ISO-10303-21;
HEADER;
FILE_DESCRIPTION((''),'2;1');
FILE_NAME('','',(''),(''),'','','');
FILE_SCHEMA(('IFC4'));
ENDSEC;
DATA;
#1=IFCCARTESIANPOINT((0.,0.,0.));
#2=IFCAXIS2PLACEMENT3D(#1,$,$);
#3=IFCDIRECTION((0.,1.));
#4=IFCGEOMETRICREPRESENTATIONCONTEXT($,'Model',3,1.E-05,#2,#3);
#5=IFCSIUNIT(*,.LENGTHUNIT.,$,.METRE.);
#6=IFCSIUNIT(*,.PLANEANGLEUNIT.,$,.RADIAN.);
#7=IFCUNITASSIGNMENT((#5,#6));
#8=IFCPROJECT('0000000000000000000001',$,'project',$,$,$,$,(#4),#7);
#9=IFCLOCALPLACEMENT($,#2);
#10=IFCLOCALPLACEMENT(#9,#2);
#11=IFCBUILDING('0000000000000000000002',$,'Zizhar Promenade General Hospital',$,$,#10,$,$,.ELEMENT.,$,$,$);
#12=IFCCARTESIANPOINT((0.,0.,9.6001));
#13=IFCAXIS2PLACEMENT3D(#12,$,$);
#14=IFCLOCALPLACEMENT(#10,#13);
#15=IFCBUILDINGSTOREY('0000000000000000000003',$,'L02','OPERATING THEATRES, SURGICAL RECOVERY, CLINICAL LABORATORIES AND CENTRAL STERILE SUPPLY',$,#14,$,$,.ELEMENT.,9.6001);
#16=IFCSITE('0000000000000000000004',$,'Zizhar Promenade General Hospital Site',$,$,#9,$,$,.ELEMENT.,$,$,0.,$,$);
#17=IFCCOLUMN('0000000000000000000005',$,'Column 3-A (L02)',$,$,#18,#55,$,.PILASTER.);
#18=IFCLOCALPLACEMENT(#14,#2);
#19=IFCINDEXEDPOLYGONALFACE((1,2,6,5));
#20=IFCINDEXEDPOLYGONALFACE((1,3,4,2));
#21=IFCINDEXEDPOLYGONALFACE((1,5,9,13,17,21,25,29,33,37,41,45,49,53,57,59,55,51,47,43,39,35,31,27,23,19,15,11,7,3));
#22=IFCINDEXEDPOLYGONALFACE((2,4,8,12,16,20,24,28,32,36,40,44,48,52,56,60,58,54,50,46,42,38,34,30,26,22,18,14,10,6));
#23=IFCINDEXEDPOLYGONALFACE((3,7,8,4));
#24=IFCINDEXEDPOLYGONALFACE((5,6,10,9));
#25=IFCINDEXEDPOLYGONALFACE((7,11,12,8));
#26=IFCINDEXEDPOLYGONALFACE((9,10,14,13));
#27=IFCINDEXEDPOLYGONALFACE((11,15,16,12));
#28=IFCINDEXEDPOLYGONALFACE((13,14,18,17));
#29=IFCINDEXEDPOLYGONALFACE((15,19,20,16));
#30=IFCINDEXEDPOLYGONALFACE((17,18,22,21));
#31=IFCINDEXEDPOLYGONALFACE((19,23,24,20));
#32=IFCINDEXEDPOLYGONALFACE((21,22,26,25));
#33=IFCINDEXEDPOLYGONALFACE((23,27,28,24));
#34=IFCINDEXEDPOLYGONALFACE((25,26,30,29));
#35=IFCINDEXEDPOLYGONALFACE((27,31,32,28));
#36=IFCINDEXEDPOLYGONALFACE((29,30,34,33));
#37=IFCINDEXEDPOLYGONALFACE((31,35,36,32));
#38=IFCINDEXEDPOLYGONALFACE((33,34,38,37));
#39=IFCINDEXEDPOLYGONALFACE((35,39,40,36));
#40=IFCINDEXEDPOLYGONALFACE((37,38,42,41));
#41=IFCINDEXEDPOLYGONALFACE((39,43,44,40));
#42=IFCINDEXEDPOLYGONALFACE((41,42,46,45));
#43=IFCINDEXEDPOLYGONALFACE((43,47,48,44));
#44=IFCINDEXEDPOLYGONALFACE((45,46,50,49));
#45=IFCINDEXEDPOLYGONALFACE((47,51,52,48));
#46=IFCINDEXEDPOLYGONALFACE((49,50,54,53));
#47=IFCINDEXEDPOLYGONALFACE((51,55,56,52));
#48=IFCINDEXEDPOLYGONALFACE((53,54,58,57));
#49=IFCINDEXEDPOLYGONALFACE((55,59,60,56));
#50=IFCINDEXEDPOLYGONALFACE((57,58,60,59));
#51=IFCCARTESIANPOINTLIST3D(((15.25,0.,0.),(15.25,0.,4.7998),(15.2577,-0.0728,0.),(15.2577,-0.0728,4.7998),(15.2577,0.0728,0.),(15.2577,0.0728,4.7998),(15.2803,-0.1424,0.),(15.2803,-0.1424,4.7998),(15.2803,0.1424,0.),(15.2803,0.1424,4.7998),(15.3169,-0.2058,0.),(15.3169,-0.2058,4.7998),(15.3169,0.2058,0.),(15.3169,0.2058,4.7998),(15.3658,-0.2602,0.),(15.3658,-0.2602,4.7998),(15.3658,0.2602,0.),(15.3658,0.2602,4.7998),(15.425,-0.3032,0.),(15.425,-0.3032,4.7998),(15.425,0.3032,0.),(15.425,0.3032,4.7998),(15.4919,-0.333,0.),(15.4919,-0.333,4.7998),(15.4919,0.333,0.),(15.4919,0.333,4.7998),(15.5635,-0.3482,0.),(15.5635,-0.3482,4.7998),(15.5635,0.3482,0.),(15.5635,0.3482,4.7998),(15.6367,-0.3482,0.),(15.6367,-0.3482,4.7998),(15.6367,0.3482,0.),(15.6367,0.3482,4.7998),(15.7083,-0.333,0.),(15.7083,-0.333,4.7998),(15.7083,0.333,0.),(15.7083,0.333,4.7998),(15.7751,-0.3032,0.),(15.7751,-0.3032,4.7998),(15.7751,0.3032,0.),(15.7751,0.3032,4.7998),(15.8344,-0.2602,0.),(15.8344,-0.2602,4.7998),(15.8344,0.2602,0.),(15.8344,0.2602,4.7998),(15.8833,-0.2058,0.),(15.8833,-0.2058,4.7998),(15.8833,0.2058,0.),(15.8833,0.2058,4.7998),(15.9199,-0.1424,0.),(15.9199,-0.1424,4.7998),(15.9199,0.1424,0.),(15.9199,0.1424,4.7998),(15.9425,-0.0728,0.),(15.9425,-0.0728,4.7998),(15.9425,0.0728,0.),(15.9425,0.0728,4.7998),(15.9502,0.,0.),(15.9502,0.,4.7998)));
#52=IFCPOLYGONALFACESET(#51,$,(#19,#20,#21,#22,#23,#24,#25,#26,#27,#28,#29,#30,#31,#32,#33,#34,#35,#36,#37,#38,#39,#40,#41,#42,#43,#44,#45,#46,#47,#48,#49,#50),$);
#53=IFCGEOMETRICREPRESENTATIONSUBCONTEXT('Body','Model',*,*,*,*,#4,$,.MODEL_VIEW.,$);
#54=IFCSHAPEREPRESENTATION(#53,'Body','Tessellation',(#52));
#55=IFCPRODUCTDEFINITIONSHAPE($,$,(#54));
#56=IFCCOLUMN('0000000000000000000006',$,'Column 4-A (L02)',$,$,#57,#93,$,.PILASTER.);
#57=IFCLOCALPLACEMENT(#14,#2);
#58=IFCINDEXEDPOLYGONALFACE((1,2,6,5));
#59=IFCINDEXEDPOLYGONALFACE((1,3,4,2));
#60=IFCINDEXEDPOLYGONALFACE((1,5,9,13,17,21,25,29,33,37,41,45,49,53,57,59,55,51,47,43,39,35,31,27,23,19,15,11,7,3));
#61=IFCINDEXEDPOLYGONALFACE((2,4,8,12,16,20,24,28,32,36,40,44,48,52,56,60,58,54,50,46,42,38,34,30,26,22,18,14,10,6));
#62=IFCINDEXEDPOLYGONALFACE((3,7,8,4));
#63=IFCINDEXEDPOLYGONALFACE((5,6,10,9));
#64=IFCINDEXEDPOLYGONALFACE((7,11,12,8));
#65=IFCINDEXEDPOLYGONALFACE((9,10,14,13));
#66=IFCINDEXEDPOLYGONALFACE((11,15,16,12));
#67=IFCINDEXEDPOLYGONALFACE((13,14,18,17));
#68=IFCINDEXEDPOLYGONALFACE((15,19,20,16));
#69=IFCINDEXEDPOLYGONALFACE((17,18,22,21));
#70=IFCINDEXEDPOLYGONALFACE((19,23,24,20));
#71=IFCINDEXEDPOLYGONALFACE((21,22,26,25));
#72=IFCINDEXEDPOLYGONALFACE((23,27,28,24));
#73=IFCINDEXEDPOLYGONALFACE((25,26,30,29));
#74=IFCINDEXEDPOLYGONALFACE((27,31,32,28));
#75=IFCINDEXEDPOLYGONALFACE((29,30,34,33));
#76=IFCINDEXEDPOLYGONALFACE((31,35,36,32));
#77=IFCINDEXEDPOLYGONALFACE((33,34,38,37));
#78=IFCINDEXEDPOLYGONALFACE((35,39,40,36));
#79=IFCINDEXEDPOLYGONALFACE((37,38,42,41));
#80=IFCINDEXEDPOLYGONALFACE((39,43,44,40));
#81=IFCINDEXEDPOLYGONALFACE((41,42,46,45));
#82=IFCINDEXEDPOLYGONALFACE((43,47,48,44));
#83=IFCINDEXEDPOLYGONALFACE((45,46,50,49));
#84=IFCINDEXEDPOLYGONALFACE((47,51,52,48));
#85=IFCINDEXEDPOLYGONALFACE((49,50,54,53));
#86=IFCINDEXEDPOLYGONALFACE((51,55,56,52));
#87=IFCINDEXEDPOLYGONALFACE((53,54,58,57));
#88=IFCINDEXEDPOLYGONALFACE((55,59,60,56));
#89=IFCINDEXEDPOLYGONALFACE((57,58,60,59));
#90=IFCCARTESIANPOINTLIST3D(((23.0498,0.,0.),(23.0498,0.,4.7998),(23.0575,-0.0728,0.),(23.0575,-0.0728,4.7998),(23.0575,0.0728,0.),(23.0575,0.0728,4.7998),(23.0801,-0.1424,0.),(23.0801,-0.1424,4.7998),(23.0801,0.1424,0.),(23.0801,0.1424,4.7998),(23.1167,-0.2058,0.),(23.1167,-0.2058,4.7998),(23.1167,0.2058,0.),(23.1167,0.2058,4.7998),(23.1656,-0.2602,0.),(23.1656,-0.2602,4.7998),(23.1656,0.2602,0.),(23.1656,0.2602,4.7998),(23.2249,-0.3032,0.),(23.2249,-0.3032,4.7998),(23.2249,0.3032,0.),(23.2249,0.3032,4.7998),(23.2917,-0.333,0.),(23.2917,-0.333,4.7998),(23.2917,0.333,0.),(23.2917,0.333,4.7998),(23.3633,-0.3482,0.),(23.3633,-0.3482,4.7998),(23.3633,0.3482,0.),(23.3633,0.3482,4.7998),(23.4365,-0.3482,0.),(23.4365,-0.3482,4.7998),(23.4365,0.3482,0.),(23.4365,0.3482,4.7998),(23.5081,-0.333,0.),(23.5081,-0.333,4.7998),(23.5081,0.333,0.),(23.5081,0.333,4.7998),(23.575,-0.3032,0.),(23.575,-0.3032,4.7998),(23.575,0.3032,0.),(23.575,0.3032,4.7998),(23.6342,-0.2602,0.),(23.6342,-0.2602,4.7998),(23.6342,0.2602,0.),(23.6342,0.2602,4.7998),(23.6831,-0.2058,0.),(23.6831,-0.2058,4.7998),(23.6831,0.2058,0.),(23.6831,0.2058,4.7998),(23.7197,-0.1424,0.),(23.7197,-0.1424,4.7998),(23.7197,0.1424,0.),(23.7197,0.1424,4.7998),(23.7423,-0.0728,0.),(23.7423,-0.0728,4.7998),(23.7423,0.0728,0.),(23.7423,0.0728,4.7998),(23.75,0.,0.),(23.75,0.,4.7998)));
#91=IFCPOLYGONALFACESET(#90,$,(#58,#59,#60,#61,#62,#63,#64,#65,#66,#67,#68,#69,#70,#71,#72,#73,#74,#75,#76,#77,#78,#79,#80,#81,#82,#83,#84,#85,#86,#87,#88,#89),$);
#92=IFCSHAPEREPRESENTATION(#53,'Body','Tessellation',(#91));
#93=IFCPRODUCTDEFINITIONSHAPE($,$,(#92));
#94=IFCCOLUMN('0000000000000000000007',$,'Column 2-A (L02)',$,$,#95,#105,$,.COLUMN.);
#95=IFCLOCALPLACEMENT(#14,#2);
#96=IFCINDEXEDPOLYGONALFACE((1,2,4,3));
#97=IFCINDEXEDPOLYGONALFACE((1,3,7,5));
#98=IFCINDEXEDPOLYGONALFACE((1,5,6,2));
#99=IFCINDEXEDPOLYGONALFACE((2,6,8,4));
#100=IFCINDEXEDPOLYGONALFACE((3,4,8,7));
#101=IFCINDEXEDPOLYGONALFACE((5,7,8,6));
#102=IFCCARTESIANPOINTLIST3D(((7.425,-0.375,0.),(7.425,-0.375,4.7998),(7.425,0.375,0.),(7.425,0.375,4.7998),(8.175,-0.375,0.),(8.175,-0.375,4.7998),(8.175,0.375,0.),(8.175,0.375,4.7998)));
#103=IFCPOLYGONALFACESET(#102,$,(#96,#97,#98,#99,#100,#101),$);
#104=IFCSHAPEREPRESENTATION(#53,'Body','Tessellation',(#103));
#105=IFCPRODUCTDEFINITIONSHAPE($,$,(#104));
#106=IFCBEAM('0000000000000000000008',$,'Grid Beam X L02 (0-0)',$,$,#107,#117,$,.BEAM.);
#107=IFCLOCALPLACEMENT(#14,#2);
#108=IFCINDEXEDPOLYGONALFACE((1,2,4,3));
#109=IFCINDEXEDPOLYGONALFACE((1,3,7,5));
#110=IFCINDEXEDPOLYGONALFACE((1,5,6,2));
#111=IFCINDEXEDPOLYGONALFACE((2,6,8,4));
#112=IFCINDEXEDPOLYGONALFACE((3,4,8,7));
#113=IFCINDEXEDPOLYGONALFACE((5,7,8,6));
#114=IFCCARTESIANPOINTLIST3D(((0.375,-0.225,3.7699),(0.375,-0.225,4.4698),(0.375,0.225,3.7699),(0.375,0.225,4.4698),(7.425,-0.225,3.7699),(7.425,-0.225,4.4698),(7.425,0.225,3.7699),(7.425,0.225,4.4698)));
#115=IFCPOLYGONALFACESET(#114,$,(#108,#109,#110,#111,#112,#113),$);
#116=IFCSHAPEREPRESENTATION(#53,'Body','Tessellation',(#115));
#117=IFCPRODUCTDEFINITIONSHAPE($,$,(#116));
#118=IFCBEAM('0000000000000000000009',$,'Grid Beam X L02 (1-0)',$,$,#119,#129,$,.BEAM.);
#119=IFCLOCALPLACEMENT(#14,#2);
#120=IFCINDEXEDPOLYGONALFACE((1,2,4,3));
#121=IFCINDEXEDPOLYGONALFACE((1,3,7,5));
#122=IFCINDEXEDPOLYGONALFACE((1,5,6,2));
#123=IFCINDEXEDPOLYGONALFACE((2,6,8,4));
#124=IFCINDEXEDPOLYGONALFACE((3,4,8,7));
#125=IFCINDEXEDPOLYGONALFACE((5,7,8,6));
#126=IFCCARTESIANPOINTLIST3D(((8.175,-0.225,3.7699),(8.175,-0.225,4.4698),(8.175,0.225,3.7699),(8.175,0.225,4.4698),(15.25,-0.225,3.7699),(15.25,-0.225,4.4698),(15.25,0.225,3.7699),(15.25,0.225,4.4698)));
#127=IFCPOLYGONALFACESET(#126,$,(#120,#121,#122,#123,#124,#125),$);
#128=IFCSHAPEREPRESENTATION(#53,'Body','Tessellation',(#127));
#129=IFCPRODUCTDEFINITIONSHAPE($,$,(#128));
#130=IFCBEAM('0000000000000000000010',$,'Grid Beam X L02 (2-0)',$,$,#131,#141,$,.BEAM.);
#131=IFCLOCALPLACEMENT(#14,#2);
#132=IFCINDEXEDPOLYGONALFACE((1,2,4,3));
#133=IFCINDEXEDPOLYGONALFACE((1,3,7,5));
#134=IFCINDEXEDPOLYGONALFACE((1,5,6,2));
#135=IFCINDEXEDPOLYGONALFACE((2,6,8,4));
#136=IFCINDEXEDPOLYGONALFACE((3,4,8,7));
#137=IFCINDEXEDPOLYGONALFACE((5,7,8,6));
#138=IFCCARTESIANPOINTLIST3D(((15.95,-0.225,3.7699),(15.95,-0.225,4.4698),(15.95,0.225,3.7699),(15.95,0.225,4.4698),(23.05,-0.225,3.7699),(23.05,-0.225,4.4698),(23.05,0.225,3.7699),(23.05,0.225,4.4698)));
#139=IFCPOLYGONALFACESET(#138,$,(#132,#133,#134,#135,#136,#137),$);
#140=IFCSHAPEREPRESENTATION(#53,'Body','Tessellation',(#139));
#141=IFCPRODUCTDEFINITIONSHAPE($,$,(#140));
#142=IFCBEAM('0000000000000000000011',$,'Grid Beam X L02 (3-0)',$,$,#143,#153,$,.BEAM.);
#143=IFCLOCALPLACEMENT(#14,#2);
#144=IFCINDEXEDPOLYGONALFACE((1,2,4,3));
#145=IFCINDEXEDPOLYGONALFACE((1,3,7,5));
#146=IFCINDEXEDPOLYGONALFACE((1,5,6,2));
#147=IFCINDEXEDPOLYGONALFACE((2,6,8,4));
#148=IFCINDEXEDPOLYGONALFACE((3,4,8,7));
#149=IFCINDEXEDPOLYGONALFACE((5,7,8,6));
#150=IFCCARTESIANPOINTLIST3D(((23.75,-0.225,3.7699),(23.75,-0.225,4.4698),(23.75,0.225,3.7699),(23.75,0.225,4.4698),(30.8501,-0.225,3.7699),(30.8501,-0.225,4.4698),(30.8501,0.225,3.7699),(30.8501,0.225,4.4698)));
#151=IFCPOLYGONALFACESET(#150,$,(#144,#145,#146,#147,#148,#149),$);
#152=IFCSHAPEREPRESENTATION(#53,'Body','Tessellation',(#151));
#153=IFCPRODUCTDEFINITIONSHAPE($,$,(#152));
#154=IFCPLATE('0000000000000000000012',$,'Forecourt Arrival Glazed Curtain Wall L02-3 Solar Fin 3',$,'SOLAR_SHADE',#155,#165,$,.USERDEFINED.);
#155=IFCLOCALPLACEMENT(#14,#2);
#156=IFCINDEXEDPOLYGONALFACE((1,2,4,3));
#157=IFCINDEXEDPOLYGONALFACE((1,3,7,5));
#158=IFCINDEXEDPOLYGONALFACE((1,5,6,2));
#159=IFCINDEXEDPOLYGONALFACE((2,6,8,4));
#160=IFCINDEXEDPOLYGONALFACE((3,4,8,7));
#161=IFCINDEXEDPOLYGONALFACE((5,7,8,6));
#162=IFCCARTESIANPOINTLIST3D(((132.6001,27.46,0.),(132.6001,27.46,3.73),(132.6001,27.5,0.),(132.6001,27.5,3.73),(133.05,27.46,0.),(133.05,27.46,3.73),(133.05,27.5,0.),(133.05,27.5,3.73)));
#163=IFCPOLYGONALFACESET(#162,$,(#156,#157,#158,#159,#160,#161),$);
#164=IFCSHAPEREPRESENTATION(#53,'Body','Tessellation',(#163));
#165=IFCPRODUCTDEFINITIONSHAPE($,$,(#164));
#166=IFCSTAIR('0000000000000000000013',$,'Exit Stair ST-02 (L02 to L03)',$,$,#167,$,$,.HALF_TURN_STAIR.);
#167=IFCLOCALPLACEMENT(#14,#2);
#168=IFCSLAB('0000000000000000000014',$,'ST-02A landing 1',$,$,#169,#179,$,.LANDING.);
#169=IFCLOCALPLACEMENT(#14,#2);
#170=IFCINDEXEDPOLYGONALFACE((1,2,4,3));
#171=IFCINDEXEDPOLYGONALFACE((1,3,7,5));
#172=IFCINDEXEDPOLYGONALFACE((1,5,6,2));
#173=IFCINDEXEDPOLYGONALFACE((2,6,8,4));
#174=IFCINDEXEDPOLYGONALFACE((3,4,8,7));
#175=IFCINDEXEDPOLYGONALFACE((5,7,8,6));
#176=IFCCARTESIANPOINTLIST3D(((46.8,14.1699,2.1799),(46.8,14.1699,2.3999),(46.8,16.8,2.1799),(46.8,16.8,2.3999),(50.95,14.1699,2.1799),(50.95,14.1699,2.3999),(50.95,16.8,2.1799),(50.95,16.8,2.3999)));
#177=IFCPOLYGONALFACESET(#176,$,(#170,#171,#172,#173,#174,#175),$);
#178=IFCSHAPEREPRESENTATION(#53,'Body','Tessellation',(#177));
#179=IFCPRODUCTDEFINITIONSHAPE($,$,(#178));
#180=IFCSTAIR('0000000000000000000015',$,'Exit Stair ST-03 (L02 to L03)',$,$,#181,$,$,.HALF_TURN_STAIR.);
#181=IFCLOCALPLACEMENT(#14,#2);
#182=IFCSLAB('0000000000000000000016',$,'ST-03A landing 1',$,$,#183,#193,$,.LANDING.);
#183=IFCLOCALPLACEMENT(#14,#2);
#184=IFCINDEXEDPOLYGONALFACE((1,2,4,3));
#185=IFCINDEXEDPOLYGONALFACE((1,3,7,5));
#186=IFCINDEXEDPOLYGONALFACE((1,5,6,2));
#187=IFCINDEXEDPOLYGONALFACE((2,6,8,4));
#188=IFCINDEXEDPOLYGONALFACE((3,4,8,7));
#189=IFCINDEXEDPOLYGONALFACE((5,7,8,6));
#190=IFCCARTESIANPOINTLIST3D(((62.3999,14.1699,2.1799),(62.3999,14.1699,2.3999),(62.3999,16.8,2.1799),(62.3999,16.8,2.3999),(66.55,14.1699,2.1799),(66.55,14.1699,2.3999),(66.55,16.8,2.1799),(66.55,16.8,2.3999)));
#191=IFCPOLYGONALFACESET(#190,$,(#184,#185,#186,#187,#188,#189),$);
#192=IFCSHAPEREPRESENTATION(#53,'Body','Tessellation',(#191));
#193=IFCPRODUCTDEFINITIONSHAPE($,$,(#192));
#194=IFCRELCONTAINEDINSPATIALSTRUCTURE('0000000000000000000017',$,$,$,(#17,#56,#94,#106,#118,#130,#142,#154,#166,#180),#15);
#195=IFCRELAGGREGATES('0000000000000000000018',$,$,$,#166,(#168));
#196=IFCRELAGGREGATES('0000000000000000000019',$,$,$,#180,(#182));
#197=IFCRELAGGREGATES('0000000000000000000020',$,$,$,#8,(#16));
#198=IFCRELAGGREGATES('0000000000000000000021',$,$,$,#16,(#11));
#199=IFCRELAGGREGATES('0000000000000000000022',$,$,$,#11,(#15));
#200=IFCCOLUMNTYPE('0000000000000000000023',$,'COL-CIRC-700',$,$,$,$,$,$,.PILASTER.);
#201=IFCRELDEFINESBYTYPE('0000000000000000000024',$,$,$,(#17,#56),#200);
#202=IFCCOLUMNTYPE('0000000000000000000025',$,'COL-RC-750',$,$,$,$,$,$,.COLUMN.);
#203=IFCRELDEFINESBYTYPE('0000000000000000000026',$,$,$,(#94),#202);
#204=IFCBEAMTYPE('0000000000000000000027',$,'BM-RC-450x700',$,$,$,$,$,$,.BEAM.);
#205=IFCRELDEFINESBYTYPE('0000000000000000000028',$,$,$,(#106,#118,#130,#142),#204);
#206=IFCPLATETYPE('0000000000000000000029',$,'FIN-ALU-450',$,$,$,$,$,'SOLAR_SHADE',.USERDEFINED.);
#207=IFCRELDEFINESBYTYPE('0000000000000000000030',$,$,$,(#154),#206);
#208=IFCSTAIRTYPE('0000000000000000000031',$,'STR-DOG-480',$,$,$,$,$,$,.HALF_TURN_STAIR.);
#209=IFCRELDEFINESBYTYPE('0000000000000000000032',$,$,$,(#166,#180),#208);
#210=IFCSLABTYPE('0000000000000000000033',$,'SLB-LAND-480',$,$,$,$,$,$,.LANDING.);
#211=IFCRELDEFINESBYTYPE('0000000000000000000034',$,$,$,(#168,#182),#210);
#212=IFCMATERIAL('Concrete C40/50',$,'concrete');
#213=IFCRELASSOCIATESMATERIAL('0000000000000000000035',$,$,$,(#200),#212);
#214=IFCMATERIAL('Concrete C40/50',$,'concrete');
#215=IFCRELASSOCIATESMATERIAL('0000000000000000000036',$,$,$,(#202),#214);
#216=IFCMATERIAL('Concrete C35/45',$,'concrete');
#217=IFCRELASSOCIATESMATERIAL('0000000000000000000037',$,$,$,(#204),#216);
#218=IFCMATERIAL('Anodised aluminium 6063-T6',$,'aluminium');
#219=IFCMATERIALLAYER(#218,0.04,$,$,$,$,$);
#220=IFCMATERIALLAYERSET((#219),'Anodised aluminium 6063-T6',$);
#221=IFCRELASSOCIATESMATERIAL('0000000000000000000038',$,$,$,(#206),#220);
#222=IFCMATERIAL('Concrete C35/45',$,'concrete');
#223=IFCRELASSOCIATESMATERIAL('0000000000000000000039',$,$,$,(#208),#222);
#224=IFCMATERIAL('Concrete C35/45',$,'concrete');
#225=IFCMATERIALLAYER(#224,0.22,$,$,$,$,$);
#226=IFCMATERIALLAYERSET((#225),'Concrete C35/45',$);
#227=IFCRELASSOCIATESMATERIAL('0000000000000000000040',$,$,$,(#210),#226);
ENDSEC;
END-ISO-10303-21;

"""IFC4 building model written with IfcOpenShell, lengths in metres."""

from ifc_helpers import new_model, si_unit, direction, frame, origin, origin_2d, place, context, subcontext, project, spatial, polyline, rectangle, circle, outline, extrude, material, layer, layer_set, material_profile, profile_set, type_object, element, aggregate, save


model = new_model("IFC4")

# Units and contexts
model_context = context("Model", 3, precision=1e-05, world=origin(), true_north=direction((0.0, 1.0)))
body_context = subcontext(model_context, "Body", "Model", "MODEL_VIEW")
ifc_project = project(units=[si_unit("LENGTHUNIT", "METRE"), si_unit("PLANEANGLEUNIT", "RADIAN")], contexts=[model_context])

# Site, building, storey
site_placement = place(None, origin())
site = spatial("IfcSite", under=ifc_project, at=site_placement, Name="Zizhar Promenade General Hospital Site", CompositionType="ELEMENT", RefElevation=0.0)
building_placement = place(site_placement, origin())
building = spatial("IfcBuilding", under=site, at=building_placement, Name="Zizhar Promenade General Hospital", CompositionType="ELEMENT")
storey_placement = place(building_placement, frame((0.0, 0.0, 9.6001)))
storey = spatial("IfcBuildingStorey", under=building, at=storey_placement, Name="L02", Description="OPERATING THEATRES, SURGICAL RECOVERY, CLINICAL LABORATORIES AND CENTRAL STERILE SUPPLY", CompositionType="ELEMENT", Elevation=9.6001)

# Columns
ifc_material_1 = material(Name="Concrete C40/50", Category="concrete")
ifc_material_profile_1 = material_profile(ifc_material_1, circle(Radius=0.3501, at=origin_2d()))
ifc_profile_set_1 = profile_set([ifc_material_profile_1], Name="Concrete C40/50")
column_type_1 = type_object("IfcColumnType", Name="COL-CIRC-700", PredefinedType="PILASTER", material=ifc_profile_set_1)
for number, where, z_axis, x_axis, name in (
    (1, (15.6001, 0.0, 0.0), (0.0, 0.0, 1.0), (1.0, 0.0, 0.0), "Column 3-A (L02)"),
    (2, (23.3999, 0.0, 0.0), (0.0, 0.0, 1.0), (1.0, 0.0, 0.0), "Column 4-A (L02)"),
):
    element("IfcColumn", number, at=place(storey_placement, frame(where, z_axis=z_axis, x_axis=x_axis)), inside=storey, type_object=column_type_1, Name=name, PredefinedType="PILASTER", context=body_context, shape_type="SweptSolid", body=[
        extrude(circle(Radius=0.3501, at=origin_2d()), origin(), (0.0, 0.0, 1.0), 4.7998),
    ])
ifc_material_2 = material(Name="Concrete C40/50", Category="concrete")
ifc_material_profile_2 = material_profile(ifc_material_2, rectangle(XDim=0.75, YDim=0.75, at=origin_2d()))
ifc_profile_set_2 = profile_set([ifc_material_profile_2], Name="Concrete C40/50")
column_type_2 = type_object("IfcColumnType", Name="COL-RC-750", PredefinedType="COLUMN", material=ifc_profile_set_2)
column_placement = place(storey_placement, frame((7.8, 0.0, 0.0), z_axis=(0.0, 0.0, 1.0), x_axis=(1.0, 0.0, 0.0)))
element("IfcColumn", 3, at=column_placement, inside=storey, type_object=column_type_2, Name="Column 2-A (L02)", PredefinedType="COLUMN", context=body_context, shape_type="SweptSolid", body=[
    extrude(rectangle(XDim=0.75, YDim=0.75, at=origin_2d()), origin(), (0.0, 0.0, 1.0), 4.7998),
])

# Beams
ifc_material_3 = material(Name="Concrete C35/45", Category="concrete")
ifc_material_profile_3 = material_profile(ifc_material_3, rectangle(XDim=0.45, YDim=0.7, at=origin_2d()))
ifc_profile_set_3 = profile_set([ifc_material_profile_3], Name="Concrete C35/45")
beam_type = type_object("IfcBeamType", Name="BM-RC-450x700", PredefinedType="BEAM", material=ifc_profile_set_3)
beam_1_placement = place(storey_placement, frame((0.375, 0.0, 4.1199), z_axis=(1.0, 0.0, 0.0), x_axis=(0.0, 1.0, 0.0)))
element("IfcBeam", 4, at=beam_1_placement, inside=storey, type_object=beam_type, Name="Grid Beam X L02 (0-0)", PredefinedType="BEAM", context=body_context, shape_type="SweptSolid", body=[
    extrude(rectangle(XDim=0.45, YDim=0.7, at=origin_2d()), origin(), (0.0, 0.0, 1.0), 7.05),
])
beam_2_placement = place(storey_placement, frame((8.175, 0.0, 4.1199), z_axis=(1.0, 0.0, 0.0), x_axis=(0.0, 1.0, 0.0)))
element("IfcBeam", 5, at=beam_2_placement, inside=storey, type_object=beam_type, Name="Grid Beam X L02 (1-0)", PredefinedType="BEAM", context=body_context, shape_type="SweptSolid", body=[
    extrude(rectangle(XDim=0.45, YDim=0.7, at=origin_2d()), origin(), (0.0, 0.0, 1.0), 7.075),
])
for number, where, z_axis, x_axis, name in (
    (6, (15.95, 0.0, 4.1199), (1.0, 0.0, 0.0), (0.0, 1.0, 0.0), "Grid Beam X L02 (2-0)"),
    (7, (23.75, 0.0, 4.1199), (1.0, 0.0, 0.0), (0.0, 1.0, 0.0), "Grid Beam X L02 (3-0)"),
):
    element("IfcBeam", number, at=place(storey_placement, frame(where, z_axis=z_axis, x_axis=x_axis)), inside=storey, type_object=beam_type, Name=name, PredefinedType="BEAM", context=body_context, shape_type="SweptSolid", body=[
        extrude(rectangle(XDim=0.45, YDim=0.7, at=origin_2d()), origin(), (0.0, 0.0, 1.0), 7.1001),
    ])

# Plate
ifc_material_4 = material(Name="Anodised aluminium 6063-T6", Category="aluminium")
ifc_layer_1 = layer(ifc_material_4, 0.04)
ifc_layer_set_1 = layer_set([ifc_layer_1], Name="Anodised aluminium 6063-T6")
plate_type = type_object("IfcPlateType", Name="FIN-ALU-450", ElementType="SOLAR_SHADE", PredefinedType="USERDEFINED", material=ifc_layer_set_1)
plate_placement = place(storey_placement, origin())
element("IfcPlate", 8, at=plate_placement, inside=storey, type_object=plate_type, Name="Forecourt Arrival Glazed Curtain Wall L02-3 Solar Fin 3", ObjectType="SOLAR_SHADE", PredefinedType="USERDEFINED", context=body_context, shape_type="SweptSolid", body=[
    extrude(outline(polyline([(132.6001, 27.5), (132.6001, 27.46), (133.05, 27.46), (133.05, 27.5), (132.6001, 27.5)])), origin(), (0.0, 0.0, 1.0), 3.73),
])

# Stairs, slabs
ifc_material_5 = material(Name="Concrete C35/45", Category="concrete")
stair_type = type_object("IfcStairType", Name="STR-DOG-480", PredefinedType="HALF_TURN_STAIR", material=ifc_material_5)
stair_1_placement = place(storey_placement, origin())
stair_1 = element("IfcStair", 9, at=stair_1_placement, inside=storey, type_object=stair_type, Name="Exit Stair ST-02 (L02 to L03)", PredefinedType="HALF_TURN_STAIR")
ifc_material_6 = material(Name="Concrete C35/45", Category="concrete")
ifc_layer_2 = layer(ifc_material_6, 0.22)
ifc_layer_set_2 = layer_set([ifc_layer_2], Name="Concrete C35/45")
slab_type = type_object("IfcSlabType", Name="SLB-LAND-480", PredefinedType="LANDING", material=ifc_layer_set_2)
slab_1_placement = place(storey_placement, frame((0.0, 0.0, 2.1799)))
slab_1 = element("IfcSlab", 10, at=slab_1_placement, type_object=slab_type, Name="ST-02A landing 1", PredefinedType="LANDING", context=body_context, shape_type="SweptSolid", body=[
    extrude(outline(polyline([(46.8, 14.1699), (50.95, 14.1699), (50.95, 16.8), (46.8, 16.8), (46.8, 14.1699)])), origin(), (0.0, 0.0, 1.0), 0.22),
])
aggregate(stair_1, [slab_1])
stair_2_placement = place(storey_placement, origin())
stair_2 = element("IfcStair", 11, at=stair_2_placement, inside=storey, type_object=stair_type, Name="Exit Stair ST-03 (L02 to L03)", PredefinedType="HALF_TURN_STAIR")
slab_2_placement = place(storey_placement, frame((0.0, 0.0, 2.1799)))
slab_2 = element("IfcSlab", 12, at=slab_2_placement, type_object=slab_type, Name="ST-03A landing 1", PredefinedType="LANDING", context=body_context, shape_type="SweptSolid", body=[
    extrude(outline(polyline([(62.3999, 14.1699), (66.55, 14.1699), (66.55, 16.8), (62.3999, 16.8), (62.3999, 14.1699)])), origin(), (0.0, 0.0, 1.0), 0.22),
])
aggregate(stair_2, [slab_2])

save(model, "model.ifc")
